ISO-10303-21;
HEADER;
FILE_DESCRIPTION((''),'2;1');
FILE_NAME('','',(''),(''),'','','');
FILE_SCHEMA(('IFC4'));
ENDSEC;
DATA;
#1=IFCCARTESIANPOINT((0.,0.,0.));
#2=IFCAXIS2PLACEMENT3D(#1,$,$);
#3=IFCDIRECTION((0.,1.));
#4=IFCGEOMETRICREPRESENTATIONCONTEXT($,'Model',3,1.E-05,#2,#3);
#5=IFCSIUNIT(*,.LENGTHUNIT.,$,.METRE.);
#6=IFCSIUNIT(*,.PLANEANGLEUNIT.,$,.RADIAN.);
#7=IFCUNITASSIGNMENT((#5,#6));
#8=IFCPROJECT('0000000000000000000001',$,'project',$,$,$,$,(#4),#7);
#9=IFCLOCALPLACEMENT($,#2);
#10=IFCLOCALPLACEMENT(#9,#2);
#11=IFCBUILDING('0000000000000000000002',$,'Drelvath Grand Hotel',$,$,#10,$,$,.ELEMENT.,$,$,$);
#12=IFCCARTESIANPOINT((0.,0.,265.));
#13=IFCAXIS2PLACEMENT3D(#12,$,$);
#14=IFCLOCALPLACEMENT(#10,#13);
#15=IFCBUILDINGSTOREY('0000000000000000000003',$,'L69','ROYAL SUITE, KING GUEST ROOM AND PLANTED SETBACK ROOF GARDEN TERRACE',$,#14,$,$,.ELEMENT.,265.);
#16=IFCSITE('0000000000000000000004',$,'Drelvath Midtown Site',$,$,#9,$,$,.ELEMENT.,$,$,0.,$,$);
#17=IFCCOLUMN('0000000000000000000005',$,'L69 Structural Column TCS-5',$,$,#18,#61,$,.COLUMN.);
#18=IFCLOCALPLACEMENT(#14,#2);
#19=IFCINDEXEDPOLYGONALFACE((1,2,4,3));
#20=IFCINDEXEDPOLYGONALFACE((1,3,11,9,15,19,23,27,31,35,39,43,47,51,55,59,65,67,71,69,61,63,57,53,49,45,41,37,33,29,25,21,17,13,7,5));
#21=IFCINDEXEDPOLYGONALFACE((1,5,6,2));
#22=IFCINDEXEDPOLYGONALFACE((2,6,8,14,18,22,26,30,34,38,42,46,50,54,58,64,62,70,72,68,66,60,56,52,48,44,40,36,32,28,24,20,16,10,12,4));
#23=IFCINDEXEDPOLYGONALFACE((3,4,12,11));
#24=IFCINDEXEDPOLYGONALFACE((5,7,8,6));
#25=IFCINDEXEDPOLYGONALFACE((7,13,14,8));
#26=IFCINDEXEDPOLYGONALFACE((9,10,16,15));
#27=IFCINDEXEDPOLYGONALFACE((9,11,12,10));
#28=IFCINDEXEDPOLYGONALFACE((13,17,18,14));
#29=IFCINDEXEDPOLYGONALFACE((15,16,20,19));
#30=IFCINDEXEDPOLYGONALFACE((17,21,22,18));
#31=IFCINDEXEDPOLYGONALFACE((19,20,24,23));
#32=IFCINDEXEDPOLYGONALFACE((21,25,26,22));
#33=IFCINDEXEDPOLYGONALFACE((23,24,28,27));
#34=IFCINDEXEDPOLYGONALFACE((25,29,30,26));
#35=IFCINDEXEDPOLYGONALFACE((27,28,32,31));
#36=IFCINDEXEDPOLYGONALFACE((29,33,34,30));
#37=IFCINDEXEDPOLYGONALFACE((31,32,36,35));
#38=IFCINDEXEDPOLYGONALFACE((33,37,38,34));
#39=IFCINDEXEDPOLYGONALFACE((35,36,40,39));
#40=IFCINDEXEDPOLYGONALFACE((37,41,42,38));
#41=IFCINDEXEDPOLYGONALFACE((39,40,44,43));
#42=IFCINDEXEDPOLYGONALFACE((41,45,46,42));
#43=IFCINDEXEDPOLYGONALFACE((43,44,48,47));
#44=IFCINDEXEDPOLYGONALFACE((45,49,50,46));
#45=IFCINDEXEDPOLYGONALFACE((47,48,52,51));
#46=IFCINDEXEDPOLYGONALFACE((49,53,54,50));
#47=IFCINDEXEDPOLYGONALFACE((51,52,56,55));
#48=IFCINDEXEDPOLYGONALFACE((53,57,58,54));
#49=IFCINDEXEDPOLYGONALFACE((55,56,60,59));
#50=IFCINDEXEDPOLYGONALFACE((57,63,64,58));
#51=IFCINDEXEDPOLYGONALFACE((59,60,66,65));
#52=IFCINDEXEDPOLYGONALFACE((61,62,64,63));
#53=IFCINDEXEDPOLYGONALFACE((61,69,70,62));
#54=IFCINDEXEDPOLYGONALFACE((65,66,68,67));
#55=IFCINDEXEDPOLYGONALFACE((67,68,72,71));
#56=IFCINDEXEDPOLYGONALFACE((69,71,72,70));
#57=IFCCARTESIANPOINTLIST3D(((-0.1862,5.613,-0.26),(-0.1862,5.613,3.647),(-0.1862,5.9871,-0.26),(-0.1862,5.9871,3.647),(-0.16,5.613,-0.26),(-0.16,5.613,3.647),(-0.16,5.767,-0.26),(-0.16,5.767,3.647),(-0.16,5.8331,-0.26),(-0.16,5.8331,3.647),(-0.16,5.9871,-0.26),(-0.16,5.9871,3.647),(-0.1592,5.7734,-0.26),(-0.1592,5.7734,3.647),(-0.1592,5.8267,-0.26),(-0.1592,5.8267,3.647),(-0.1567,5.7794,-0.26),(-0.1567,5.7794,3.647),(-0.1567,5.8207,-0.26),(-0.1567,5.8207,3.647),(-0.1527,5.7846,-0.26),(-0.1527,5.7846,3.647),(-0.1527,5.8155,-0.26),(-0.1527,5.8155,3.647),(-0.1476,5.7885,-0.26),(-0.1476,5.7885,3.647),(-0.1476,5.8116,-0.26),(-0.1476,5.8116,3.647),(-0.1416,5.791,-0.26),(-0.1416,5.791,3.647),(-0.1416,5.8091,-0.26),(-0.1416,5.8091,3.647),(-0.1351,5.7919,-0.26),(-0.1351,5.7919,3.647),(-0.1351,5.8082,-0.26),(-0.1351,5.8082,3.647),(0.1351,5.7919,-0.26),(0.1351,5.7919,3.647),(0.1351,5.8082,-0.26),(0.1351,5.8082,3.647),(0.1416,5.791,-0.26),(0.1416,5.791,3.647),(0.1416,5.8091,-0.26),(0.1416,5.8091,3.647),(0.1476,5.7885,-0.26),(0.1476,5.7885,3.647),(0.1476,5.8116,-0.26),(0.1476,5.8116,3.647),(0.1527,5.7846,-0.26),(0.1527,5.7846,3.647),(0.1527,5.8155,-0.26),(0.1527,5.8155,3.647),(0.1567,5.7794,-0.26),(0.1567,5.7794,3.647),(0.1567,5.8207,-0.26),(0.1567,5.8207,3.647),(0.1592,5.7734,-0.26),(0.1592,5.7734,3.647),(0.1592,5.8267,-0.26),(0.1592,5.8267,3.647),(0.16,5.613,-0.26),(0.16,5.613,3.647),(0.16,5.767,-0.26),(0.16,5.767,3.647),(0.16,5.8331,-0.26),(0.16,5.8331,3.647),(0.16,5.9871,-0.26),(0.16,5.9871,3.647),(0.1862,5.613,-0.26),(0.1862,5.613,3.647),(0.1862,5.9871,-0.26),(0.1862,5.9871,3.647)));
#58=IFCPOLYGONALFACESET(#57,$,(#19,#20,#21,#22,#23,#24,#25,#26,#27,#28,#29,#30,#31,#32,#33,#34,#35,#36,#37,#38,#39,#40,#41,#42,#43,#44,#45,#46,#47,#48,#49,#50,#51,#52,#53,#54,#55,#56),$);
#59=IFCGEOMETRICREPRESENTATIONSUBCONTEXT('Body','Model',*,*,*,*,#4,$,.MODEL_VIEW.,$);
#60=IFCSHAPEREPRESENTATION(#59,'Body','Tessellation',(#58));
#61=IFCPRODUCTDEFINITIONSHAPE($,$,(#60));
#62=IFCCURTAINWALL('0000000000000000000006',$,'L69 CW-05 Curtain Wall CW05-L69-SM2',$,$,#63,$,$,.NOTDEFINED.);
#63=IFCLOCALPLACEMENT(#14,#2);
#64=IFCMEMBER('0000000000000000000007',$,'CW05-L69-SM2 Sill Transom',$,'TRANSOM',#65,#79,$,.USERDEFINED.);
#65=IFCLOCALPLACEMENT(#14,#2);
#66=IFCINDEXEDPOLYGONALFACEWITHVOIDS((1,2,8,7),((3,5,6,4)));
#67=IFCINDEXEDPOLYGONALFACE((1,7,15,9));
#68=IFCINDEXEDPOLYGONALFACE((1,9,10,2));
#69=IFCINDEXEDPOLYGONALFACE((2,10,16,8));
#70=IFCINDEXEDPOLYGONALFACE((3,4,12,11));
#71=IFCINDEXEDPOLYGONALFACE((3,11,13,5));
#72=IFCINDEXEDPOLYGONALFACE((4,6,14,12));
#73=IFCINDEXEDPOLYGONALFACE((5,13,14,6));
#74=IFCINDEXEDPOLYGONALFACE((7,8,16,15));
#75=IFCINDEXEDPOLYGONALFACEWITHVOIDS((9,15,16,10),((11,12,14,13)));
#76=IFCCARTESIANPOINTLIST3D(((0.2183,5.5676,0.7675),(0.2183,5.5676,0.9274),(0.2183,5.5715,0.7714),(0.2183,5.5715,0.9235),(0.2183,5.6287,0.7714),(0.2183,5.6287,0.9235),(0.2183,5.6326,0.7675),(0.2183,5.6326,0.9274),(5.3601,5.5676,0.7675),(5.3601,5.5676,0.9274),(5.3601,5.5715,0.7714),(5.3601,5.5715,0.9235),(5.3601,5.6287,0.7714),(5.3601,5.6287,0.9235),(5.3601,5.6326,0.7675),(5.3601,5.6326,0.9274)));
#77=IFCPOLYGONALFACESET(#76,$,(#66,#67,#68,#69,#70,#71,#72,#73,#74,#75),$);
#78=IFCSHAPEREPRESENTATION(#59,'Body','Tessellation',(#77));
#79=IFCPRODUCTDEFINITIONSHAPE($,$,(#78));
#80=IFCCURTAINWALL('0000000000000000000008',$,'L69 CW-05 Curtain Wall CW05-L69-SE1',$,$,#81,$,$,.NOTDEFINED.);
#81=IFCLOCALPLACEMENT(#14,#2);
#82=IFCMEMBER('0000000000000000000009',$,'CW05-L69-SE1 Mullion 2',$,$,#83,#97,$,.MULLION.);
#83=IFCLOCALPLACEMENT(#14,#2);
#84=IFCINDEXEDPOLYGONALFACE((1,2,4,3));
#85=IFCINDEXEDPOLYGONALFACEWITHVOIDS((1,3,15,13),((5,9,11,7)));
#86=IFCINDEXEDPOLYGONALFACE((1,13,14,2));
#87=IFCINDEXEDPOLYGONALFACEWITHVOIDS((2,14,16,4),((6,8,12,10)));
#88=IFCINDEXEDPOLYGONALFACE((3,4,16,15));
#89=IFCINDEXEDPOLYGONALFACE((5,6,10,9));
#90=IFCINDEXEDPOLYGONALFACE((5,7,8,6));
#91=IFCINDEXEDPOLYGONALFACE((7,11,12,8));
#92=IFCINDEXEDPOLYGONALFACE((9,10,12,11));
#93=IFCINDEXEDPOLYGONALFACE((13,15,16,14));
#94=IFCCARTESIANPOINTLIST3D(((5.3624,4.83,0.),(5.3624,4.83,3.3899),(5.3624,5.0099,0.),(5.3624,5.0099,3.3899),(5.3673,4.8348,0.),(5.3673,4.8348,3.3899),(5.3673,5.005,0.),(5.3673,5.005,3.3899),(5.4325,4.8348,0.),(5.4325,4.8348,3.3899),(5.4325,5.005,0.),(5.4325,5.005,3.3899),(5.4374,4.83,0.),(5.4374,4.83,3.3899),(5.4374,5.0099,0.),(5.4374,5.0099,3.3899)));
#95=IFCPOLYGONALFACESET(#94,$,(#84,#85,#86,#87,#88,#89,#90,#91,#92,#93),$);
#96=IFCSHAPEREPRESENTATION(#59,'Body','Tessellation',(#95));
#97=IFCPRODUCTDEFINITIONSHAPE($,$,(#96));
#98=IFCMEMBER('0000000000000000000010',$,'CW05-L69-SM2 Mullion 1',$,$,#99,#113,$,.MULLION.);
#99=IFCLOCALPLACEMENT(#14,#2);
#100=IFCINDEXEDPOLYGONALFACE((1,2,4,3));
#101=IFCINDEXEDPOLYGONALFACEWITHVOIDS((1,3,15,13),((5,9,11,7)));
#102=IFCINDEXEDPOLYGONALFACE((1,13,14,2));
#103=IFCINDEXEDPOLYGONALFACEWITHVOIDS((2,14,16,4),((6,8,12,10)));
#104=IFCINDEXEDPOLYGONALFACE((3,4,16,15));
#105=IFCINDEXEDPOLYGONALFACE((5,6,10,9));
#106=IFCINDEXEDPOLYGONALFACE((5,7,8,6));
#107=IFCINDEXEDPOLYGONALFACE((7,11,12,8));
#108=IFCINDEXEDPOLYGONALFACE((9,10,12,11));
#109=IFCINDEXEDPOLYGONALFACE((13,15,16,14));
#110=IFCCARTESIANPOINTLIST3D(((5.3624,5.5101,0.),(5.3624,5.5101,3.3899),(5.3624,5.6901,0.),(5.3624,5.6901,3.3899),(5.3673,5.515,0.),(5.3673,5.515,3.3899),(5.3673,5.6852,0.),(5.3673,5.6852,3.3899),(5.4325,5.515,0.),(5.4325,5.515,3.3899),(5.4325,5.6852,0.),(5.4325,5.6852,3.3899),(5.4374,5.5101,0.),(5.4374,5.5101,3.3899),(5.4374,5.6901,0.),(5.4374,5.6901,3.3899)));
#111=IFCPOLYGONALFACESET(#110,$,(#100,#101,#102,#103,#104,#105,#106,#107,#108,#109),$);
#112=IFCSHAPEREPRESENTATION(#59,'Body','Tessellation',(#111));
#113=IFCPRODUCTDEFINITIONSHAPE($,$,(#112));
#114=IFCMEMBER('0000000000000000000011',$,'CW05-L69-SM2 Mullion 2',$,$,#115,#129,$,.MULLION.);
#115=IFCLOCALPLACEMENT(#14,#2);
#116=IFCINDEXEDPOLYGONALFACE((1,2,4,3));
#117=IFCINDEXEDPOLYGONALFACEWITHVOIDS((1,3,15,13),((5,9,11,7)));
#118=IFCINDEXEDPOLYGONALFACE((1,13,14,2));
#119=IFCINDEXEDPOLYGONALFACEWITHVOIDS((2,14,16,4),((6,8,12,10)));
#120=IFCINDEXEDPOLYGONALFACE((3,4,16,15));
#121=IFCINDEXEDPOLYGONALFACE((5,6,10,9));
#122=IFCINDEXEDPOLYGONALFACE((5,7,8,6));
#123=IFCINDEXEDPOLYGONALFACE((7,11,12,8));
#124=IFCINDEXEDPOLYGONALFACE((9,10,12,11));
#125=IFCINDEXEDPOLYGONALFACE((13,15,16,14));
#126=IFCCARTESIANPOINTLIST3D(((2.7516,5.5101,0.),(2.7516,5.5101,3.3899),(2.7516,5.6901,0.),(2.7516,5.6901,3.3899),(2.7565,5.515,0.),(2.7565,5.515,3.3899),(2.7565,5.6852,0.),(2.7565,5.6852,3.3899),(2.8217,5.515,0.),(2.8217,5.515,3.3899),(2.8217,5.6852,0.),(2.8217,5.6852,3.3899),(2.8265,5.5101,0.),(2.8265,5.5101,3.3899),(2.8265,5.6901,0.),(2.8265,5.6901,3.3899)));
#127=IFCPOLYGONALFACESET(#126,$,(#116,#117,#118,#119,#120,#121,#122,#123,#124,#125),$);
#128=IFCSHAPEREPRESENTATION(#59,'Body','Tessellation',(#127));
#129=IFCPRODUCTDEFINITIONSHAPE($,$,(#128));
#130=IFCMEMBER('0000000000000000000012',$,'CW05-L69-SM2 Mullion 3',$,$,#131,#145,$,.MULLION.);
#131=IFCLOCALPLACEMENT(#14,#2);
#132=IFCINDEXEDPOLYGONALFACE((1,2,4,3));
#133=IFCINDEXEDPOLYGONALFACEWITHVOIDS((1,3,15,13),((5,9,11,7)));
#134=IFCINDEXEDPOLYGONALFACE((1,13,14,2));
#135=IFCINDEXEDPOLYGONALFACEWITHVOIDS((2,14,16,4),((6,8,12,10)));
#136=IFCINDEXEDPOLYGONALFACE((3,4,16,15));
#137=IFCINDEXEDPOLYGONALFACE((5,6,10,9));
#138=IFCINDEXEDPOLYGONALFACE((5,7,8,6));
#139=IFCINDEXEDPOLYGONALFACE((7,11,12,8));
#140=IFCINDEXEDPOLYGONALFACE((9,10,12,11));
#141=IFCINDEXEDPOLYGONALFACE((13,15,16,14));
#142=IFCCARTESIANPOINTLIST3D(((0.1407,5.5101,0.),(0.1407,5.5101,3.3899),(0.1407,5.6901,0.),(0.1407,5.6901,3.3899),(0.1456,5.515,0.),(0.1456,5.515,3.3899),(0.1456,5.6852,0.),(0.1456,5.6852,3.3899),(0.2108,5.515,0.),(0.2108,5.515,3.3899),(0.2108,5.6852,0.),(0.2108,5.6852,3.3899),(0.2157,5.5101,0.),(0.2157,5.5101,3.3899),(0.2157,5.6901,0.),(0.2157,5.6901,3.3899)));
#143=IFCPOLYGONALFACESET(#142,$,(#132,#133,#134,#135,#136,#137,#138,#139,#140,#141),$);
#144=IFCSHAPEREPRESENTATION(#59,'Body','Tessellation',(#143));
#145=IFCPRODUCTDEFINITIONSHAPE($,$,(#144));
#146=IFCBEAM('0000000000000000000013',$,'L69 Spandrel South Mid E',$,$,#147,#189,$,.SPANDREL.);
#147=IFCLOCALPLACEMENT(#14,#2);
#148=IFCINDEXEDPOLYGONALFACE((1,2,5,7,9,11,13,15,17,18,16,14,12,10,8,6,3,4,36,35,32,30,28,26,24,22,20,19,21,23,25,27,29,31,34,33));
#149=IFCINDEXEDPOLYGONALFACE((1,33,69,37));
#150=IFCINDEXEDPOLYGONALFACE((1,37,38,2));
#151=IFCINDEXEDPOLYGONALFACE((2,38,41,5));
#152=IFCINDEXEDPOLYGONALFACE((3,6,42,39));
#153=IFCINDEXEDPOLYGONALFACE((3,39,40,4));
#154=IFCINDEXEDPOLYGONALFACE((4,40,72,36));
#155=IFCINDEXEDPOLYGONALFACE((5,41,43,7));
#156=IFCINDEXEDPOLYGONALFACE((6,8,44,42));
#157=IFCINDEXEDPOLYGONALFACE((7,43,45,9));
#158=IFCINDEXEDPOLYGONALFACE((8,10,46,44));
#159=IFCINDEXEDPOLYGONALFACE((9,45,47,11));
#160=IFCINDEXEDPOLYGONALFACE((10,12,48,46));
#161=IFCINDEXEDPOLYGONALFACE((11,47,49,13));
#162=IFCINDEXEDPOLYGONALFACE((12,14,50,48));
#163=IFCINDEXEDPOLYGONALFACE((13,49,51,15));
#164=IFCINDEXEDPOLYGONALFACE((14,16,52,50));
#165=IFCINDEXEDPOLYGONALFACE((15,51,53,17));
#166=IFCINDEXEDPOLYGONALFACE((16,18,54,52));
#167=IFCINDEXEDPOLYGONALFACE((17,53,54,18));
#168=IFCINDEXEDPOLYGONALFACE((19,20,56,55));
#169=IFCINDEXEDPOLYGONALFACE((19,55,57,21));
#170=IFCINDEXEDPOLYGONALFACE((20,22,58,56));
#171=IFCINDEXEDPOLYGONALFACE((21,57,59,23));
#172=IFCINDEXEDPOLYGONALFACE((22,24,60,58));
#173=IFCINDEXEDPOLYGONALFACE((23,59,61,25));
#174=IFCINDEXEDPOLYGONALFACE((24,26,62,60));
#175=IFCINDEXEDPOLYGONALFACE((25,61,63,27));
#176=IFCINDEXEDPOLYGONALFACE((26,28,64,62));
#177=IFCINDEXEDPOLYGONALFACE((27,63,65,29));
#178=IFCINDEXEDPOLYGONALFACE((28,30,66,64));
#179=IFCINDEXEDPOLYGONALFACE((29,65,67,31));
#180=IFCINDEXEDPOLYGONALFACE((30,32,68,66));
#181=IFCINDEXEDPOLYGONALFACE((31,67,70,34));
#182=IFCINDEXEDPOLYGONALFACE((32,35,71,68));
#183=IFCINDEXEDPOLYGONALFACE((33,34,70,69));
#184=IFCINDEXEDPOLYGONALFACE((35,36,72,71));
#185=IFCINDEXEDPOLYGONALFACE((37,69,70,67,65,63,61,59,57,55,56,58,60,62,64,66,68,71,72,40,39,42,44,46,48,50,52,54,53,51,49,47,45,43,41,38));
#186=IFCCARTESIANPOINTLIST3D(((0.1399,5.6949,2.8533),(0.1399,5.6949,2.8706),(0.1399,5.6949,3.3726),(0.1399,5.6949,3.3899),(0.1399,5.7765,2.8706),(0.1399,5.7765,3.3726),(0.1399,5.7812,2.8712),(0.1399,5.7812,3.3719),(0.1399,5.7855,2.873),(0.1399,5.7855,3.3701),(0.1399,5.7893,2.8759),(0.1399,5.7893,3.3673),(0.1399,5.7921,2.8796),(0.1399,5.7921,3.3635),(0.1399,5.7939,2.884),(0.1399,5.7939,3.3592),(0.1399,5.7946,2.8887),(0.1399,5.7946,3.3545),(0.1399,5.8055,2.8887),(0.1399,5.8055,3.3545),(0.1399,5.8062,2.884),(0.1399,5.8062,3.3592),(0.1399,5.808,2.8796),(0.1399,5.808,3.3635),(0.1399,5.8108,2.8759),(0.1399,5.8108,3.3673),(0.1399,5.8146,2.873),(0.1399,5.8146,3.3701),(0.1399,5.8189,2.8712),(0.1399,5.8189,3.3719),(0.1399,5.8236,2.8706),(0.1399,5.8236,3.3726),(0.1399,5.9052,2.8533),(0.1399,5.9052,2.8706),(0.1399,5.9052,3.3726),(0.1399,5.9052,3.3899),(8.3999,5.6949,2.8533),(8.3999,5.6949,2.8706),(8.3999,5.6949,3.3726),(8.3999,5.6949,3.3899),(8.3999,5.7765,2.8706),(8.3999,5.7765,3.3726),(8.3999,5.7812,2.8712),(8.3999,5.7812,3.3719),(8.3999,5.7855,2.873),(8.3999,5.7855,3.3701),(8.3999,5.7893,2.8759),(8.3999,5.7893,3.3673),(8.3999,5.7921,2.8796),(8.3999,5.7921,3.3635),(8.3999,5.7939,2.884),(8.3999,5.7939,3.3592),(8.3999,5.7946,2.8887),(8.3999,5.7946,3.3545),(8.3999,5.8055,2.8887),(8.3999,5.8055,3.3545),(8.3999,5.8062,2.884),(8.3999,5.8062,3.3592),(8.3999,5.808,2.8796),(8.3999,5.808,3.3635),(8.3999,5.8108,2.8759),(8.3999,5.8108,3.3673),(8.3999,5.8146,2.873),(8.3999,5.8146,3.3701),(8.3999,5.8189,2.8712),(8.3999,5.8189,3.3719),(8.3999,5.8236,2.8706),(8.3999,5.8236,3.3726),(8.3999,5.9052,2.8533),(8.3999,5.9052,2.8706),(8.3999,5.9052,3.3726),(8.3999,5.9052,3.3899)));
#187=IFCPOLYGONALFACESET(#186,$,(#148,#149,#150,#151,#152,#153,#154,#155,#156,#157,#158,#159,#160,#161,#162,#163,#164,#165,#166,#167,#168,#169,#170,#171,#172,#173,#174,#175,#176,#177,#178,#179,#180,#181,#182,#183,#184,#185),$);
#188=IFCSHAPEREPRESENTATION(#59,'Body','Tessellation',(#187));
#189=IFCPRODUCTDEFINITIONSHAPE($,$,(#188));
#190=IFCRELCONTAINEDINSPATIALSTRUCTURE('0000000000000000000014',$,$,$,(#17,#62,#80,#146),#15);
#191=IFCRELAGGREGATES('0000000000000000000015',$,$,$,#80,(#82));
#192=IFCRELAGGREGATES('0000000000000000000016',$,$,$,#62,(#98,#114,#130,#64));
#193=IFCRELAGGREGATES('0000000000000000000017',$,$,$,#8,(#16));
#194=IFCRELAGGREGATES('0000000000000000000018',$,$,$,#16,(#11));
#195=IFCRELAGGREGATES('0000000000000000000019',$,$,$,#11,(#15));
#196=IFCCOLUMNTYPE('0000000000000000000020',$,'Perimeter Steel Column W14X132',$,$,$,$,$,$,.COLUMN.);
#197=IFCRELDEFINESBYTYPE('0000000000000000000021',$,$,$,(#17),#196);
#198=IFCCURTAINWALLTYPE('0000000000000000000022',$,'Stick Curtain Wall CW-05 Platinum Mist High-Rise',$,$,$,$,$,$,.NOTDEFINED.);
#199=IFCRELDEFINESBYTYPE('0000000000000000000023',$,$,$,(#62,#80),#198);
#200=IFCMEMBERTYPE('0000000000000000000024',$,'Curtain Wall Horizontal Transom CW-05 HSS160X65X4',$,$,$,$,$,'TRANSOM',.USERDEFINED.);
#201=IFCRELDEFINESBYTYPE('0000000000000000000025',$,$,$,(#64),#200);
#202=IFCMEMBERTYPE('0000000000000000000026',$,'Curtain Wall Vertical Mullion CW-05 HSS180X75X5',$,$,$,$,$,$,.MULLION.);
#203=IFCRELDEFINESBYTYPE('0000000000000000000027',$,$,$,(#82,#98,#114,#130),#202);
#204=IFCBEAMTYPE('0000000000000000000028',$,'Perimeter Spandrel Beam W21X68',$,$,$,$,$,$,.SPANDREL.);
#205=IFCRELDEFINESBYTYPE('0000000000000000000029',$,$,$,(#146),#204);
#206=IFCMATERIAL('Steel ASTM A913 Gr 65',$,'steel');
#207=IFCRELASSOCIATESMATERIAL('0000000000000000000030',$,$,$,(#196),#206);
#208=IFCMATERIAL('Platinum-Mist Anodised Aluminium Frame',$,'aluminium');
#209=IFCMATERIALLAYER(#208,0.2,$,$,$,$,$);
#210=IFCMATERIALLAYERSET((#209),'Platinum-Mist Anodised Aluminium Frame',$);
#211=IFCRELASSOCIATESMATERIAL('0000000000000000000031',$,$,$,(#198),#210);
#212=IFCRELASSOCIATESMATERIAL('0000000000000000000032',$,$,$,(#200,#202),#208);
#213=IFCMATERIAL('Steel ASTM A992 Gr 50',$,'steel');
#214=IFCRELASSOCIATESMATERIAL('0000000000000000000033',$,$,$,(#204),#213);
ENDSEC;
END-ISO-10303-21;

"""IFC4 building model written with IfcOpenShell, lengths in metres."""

from ifc_helpers import new_model, si_unit, direction, frame, origin, origin_2d, place, context, subcontext, project, spatial, hollow_rectangle, i_section, extrude, material, layer, layer_set, material_profile, profile_set, type_object, element, aggregate, save


model = new_model("IFC4")

# Units and contexts
model_context = context("Model", 3, precision=1e-05, world=origin(), true_north=direction((0.0, 1.0)))
body_context = subcontext(model_context, "Body", "Model", "MODEL_VIEW")
ifc_project = project(units=[si_unit("LENGTHUNIT", "METRE"), si_unit("PLANEANGLEUNIT", "RADIAN")], contexts=[model_context])

# Site, building, storey
site_placement = place(None, origin())
site = spatial("IfcSite", under=ifc_project, at=site_placement, Name="Drelvath Midtown Site", CompositionType="ELEMENT", RefElevation=0.0)
building_placement = place(site_placement, origin())
building = spatial("IfcBuilding", under=site, at=building_placement, Name="Drelvath Grand Hotel", CompositionType="ELEMENT")
storey_placement = place(building_placement, frame((0.0, 0.0, 265.0)))
storey = spatial("IfcBuildingStorey", under=building, at=storey_placement, Name="L69", Description="ROYAL SUITE, KING GUEST ROOM AND PLANTED SETBACK ROOF GARDEN TERRACE", CompositionType="ELEMENT", Elevation=265.0)

# Column
ifc_material_1 = material(Name="Steel ASTM A913 Gr 65", Category="steel")
ifc_material_profile_1 = material_profile(ifc_material_1, i_section(OverallWidth=0.374, OverallDepth=0.3723, WebThickness=0.0164, FlangeThickness=0.0261, FilletRadius=0.0249, at=origin_2d()), Name="W14X132")
ifc_profile_set_1 = profile_set([ifc_material_profile_1], Name="Steel ASTM A913 Gr 65")
column_type = type_object("IfcColumnType", Name="Perimeter Steel Column W14X132", PredefinedType="COLUMN", material=ifc_profile_set_1)
column_placement = place(storey_placement, frame((0.0, 5.8, -0.26), z_axis=(0.0, 0.0, 1.0), x_axis=(0.0, 1.0, 0.0)))
element("IfcColumn", 1, at=column_placement, inside=storey, type_object=column_type, Name="L69 Structural Column TCS-5", PredefinedType="COLUMN", context=body_context, shape_type="SweptSolid", body=[
    extrude(i_section(OverallWidth=0.374, OverallDepth=0.3723, WebThickness=0.0164, FlangeThickness=0.0261, FilletRadius=0.0249, at=origin_2d()), origin(), (0.0, 0.0, 1.0), 3.907),
])

# Curtain walls, members
ifc_material_2 = material(Name="Platinum-Mist Anodised Aluminium Frame", Category="aluminium")
ifc_layer_1 = layer(ifc_material_2, 0.2)
ifc_layer_set_1 = layer_set([ifc_layer_1], Name="Platinum-Mist Anodised Aluminium Frame")
curtain_wall_type = type_object("IfcCurtainWallType", Name="Stick Curtain Wall CW-05 Platinum Mist High-Rise", PredefinedType="NOTDEFINED", material=ifc_layer_set_1)
curtain_wall_1_placement = place(storey_placement, origin())
curtain_wall_1 = element("IfcCurtainWall", 2, at=curtain_wall_1_placement, inside=storey, type_object=curtain_wall_type, Name="L69 CW-05 Curtain Wall CW05-L69-SM2", PredefinedType="NOTDEFINED")
ifc_material_profile_2 = material_profile(ifc_material_2, hollow_rectangle(XDim=0.0649, YDim=0.1599, WallThickness=0.0039, at=origin_2d()), Name="HSS160X65X4")
ifc_profile_set_2 = profile_set([ifc_material_profile_2], Name="Platinum-Mist Anodised Aluminium Frame")
member_type_1 = type_object("IfcMemberType", Name="Curtain Wall Horizontal Transom CW-05 HSS160X65X4", ElementType="TRANSOM", PredefinedType="USERDEFINED", material=ifc_profile_set_2)
member_1_placement = place(storey_placement, frame((5.3601, 5.6001, 0.8474), z_axis=(-1.0, 0.0, 0.0), x_axis=(0.0, -1.0, 0.0)))
member_1 = element("IfcMember", 3, at=member_1_placement, type_object=member_type_1, Name="CW05-L69-SM2 Sill Transom", ObjectType="TRANSOM", PredefinedType="USERDEFINED", context=body_context, shape_type="SweptSolid", body=[
    extrude(hollow_rectangle(XDim=0.0649, YDim=0.1599, WallThickness=0.0039, at=origin_2d()), origin(), (0.0, 0.0, 1.0), 5.1418),
])
curtain_wall_2_placement = place(storey_placement, origin())
curtain_wall_2 = element("IfcCurtainWall", 4, at=curtain_wall_2_placement, inside=storey, type_object=curtain_wall_type, Name="L69 CW-05 Curtain Wall CW05-L69-SE1", PredefinedType="NOTDEFINED")
ifc_material_profile_3 = material_profile(ifc_material_2, hollow_rectangle(XDim=0.075, YDim=0.1799, WallThickness=0.0049, at=origin_2d()), Name="HSS180X75X5")
ifc_profile_set_3 = profile_set([ifc_material_profile_3], Name="Platinum-Mist Anodised Aluminium Frame")
member_type_2 = type_object("IfcMemberType", Name="Curtain Wall Vertical Mullion CW-05 HSS180X75X5", PredefinedType="MULLION", material=ifc_profile_set_3)
member_2_placement = place(storey_placement, frame((5.3999, 4.9199, 0.0), z_axis=(0.0, 0.0, 1.0), x_axis=(1.0, 0.0, 0.0)))
member_2 = element("IfcMember", 5, at=member_2_placement, type_object=member_type_2, Name="CW05-L69-SE1 Mullion 2", PredefinedType="MULLION", context=body_context, shape_type="SweptSolid", body=[
    extrude(hollow_rectangle(XDim=0.075, YDim=0.1799, WallThickness=0.0049, at=origin_2d()), origin(), (0.0, 0.0, 1.0), 3.3899),
])

# Members
member_3_placement = place(storey_placement, frame((5.3999, 5.6001, 0.0), z_axis=(0.0, 0.0, 1.0), x_axis=(1.0, 0.0, 0.0)))
member_3 = element("IfcMember", 6, at=member_3_placement, type_object=member_type_2, Name="CW05-L69-SM2 Mullion 1", PredefinedType="MULLION", context=body_context, shape_type="SweptSolid", body=[
    extrude(hollow_rectangle(XDim=0.075, YDim=0.1799, WallThickness=0.0049, at=origin_2d()), origin(), (0.0, 0.0, 1.0), 3.3899),
])
member_4_placement = place(storey_placement, frame((2.7891, 5.6001, 0.0), z_axis=(0.0, 0.0, 1.0), x_axis=(1.0, 0.0, 0.0)))
member_4 = element("IfcMember", 7, at=member_4_placement, type_object=member_type_2, Name="CW05-L69-SM2 Mullion 2", PredefinedType="MULLION", context=body_context, shape_type="SweptSolid", body=[
    extrude(hollow_rectangle(XDim=0.075, YDim=0.1799, WallThickness=0.0049, at=origin_2d()), origin(), (0.0, 0.0, 1.0), 3.3899),
])
member_5_placement = place(storey_placement, frame((0.1782, 5.6001, 0.0), z_axis=(0.0, 0.0, 1.0), x_axis=(1.0, 0.0, 0.0)))
member_5 = element("IfcMember", 8, at=member_5_placement, type_object=member_type_2, Name="CW05-L69-SM2 Mullion 3", PredefinedType="MULLION", context=body_context, shape_type="SweptSolid", body=[
    extrude(hollow_rectangle(XDim=0.075, YDim=0.1799, WallThickness=0.0049, at=origin_2d()), origin(), (0.0, 0.0, 1.0), 3.3899),
])

# Beam
ifc_material_3 = material(Name="Steel ASTM A992 Gr 50", Category="steel")
ifc_material_profile_4 = material_profile(ifc_material_3, i_section(OverallWidth=0.2102, OverallDepth=0.5366, WebThickness=0.011, FlangeThickness=0.0173, FilletRadius=0.0181, at=origin_2d()), Name="W21X68")
ifc_profile_set_4 = profile_set([ifc_material_profile_4], Name="Steel ASTM A992 Gr 50")
beam_type_1 = type_object("IfcBeamType", Name="Perimeter Spandrel Beam W21X68", PredefinedType="SPANDREL", material=ifc_profile_set_4)
beam_1_placement = place(storey_placement, frame((0.1399, 5.8, 3.1216), z_axis=(1.0, 0.0, 0.0), x_axis=(0.0, 1.0, 0.0)))
element("IfcBeam", 9, at=beam_1_placement, inside=storey, type_object=beam_type_1, Name="L69 Spandrel South Mid E", PredefinedType="SPANDREL", context=body_context, shape_type="SweptSolid", body=[
    extrude(i_section(OverallWidth=0.2102, OverallDepth=0.5366, WebThickness=0.011, FlangeThickness=0.0173, FilletRadius=0.0181, at=origin_2d()), origin(), (0.0, 0.0, 1.0), 8.26),
])

aggregate(curtain_wall_2, [member_2])
aggregate(curtain_wall_1, [member_3, member_4, member_5, member_1])

save(model, "model.ifc")
